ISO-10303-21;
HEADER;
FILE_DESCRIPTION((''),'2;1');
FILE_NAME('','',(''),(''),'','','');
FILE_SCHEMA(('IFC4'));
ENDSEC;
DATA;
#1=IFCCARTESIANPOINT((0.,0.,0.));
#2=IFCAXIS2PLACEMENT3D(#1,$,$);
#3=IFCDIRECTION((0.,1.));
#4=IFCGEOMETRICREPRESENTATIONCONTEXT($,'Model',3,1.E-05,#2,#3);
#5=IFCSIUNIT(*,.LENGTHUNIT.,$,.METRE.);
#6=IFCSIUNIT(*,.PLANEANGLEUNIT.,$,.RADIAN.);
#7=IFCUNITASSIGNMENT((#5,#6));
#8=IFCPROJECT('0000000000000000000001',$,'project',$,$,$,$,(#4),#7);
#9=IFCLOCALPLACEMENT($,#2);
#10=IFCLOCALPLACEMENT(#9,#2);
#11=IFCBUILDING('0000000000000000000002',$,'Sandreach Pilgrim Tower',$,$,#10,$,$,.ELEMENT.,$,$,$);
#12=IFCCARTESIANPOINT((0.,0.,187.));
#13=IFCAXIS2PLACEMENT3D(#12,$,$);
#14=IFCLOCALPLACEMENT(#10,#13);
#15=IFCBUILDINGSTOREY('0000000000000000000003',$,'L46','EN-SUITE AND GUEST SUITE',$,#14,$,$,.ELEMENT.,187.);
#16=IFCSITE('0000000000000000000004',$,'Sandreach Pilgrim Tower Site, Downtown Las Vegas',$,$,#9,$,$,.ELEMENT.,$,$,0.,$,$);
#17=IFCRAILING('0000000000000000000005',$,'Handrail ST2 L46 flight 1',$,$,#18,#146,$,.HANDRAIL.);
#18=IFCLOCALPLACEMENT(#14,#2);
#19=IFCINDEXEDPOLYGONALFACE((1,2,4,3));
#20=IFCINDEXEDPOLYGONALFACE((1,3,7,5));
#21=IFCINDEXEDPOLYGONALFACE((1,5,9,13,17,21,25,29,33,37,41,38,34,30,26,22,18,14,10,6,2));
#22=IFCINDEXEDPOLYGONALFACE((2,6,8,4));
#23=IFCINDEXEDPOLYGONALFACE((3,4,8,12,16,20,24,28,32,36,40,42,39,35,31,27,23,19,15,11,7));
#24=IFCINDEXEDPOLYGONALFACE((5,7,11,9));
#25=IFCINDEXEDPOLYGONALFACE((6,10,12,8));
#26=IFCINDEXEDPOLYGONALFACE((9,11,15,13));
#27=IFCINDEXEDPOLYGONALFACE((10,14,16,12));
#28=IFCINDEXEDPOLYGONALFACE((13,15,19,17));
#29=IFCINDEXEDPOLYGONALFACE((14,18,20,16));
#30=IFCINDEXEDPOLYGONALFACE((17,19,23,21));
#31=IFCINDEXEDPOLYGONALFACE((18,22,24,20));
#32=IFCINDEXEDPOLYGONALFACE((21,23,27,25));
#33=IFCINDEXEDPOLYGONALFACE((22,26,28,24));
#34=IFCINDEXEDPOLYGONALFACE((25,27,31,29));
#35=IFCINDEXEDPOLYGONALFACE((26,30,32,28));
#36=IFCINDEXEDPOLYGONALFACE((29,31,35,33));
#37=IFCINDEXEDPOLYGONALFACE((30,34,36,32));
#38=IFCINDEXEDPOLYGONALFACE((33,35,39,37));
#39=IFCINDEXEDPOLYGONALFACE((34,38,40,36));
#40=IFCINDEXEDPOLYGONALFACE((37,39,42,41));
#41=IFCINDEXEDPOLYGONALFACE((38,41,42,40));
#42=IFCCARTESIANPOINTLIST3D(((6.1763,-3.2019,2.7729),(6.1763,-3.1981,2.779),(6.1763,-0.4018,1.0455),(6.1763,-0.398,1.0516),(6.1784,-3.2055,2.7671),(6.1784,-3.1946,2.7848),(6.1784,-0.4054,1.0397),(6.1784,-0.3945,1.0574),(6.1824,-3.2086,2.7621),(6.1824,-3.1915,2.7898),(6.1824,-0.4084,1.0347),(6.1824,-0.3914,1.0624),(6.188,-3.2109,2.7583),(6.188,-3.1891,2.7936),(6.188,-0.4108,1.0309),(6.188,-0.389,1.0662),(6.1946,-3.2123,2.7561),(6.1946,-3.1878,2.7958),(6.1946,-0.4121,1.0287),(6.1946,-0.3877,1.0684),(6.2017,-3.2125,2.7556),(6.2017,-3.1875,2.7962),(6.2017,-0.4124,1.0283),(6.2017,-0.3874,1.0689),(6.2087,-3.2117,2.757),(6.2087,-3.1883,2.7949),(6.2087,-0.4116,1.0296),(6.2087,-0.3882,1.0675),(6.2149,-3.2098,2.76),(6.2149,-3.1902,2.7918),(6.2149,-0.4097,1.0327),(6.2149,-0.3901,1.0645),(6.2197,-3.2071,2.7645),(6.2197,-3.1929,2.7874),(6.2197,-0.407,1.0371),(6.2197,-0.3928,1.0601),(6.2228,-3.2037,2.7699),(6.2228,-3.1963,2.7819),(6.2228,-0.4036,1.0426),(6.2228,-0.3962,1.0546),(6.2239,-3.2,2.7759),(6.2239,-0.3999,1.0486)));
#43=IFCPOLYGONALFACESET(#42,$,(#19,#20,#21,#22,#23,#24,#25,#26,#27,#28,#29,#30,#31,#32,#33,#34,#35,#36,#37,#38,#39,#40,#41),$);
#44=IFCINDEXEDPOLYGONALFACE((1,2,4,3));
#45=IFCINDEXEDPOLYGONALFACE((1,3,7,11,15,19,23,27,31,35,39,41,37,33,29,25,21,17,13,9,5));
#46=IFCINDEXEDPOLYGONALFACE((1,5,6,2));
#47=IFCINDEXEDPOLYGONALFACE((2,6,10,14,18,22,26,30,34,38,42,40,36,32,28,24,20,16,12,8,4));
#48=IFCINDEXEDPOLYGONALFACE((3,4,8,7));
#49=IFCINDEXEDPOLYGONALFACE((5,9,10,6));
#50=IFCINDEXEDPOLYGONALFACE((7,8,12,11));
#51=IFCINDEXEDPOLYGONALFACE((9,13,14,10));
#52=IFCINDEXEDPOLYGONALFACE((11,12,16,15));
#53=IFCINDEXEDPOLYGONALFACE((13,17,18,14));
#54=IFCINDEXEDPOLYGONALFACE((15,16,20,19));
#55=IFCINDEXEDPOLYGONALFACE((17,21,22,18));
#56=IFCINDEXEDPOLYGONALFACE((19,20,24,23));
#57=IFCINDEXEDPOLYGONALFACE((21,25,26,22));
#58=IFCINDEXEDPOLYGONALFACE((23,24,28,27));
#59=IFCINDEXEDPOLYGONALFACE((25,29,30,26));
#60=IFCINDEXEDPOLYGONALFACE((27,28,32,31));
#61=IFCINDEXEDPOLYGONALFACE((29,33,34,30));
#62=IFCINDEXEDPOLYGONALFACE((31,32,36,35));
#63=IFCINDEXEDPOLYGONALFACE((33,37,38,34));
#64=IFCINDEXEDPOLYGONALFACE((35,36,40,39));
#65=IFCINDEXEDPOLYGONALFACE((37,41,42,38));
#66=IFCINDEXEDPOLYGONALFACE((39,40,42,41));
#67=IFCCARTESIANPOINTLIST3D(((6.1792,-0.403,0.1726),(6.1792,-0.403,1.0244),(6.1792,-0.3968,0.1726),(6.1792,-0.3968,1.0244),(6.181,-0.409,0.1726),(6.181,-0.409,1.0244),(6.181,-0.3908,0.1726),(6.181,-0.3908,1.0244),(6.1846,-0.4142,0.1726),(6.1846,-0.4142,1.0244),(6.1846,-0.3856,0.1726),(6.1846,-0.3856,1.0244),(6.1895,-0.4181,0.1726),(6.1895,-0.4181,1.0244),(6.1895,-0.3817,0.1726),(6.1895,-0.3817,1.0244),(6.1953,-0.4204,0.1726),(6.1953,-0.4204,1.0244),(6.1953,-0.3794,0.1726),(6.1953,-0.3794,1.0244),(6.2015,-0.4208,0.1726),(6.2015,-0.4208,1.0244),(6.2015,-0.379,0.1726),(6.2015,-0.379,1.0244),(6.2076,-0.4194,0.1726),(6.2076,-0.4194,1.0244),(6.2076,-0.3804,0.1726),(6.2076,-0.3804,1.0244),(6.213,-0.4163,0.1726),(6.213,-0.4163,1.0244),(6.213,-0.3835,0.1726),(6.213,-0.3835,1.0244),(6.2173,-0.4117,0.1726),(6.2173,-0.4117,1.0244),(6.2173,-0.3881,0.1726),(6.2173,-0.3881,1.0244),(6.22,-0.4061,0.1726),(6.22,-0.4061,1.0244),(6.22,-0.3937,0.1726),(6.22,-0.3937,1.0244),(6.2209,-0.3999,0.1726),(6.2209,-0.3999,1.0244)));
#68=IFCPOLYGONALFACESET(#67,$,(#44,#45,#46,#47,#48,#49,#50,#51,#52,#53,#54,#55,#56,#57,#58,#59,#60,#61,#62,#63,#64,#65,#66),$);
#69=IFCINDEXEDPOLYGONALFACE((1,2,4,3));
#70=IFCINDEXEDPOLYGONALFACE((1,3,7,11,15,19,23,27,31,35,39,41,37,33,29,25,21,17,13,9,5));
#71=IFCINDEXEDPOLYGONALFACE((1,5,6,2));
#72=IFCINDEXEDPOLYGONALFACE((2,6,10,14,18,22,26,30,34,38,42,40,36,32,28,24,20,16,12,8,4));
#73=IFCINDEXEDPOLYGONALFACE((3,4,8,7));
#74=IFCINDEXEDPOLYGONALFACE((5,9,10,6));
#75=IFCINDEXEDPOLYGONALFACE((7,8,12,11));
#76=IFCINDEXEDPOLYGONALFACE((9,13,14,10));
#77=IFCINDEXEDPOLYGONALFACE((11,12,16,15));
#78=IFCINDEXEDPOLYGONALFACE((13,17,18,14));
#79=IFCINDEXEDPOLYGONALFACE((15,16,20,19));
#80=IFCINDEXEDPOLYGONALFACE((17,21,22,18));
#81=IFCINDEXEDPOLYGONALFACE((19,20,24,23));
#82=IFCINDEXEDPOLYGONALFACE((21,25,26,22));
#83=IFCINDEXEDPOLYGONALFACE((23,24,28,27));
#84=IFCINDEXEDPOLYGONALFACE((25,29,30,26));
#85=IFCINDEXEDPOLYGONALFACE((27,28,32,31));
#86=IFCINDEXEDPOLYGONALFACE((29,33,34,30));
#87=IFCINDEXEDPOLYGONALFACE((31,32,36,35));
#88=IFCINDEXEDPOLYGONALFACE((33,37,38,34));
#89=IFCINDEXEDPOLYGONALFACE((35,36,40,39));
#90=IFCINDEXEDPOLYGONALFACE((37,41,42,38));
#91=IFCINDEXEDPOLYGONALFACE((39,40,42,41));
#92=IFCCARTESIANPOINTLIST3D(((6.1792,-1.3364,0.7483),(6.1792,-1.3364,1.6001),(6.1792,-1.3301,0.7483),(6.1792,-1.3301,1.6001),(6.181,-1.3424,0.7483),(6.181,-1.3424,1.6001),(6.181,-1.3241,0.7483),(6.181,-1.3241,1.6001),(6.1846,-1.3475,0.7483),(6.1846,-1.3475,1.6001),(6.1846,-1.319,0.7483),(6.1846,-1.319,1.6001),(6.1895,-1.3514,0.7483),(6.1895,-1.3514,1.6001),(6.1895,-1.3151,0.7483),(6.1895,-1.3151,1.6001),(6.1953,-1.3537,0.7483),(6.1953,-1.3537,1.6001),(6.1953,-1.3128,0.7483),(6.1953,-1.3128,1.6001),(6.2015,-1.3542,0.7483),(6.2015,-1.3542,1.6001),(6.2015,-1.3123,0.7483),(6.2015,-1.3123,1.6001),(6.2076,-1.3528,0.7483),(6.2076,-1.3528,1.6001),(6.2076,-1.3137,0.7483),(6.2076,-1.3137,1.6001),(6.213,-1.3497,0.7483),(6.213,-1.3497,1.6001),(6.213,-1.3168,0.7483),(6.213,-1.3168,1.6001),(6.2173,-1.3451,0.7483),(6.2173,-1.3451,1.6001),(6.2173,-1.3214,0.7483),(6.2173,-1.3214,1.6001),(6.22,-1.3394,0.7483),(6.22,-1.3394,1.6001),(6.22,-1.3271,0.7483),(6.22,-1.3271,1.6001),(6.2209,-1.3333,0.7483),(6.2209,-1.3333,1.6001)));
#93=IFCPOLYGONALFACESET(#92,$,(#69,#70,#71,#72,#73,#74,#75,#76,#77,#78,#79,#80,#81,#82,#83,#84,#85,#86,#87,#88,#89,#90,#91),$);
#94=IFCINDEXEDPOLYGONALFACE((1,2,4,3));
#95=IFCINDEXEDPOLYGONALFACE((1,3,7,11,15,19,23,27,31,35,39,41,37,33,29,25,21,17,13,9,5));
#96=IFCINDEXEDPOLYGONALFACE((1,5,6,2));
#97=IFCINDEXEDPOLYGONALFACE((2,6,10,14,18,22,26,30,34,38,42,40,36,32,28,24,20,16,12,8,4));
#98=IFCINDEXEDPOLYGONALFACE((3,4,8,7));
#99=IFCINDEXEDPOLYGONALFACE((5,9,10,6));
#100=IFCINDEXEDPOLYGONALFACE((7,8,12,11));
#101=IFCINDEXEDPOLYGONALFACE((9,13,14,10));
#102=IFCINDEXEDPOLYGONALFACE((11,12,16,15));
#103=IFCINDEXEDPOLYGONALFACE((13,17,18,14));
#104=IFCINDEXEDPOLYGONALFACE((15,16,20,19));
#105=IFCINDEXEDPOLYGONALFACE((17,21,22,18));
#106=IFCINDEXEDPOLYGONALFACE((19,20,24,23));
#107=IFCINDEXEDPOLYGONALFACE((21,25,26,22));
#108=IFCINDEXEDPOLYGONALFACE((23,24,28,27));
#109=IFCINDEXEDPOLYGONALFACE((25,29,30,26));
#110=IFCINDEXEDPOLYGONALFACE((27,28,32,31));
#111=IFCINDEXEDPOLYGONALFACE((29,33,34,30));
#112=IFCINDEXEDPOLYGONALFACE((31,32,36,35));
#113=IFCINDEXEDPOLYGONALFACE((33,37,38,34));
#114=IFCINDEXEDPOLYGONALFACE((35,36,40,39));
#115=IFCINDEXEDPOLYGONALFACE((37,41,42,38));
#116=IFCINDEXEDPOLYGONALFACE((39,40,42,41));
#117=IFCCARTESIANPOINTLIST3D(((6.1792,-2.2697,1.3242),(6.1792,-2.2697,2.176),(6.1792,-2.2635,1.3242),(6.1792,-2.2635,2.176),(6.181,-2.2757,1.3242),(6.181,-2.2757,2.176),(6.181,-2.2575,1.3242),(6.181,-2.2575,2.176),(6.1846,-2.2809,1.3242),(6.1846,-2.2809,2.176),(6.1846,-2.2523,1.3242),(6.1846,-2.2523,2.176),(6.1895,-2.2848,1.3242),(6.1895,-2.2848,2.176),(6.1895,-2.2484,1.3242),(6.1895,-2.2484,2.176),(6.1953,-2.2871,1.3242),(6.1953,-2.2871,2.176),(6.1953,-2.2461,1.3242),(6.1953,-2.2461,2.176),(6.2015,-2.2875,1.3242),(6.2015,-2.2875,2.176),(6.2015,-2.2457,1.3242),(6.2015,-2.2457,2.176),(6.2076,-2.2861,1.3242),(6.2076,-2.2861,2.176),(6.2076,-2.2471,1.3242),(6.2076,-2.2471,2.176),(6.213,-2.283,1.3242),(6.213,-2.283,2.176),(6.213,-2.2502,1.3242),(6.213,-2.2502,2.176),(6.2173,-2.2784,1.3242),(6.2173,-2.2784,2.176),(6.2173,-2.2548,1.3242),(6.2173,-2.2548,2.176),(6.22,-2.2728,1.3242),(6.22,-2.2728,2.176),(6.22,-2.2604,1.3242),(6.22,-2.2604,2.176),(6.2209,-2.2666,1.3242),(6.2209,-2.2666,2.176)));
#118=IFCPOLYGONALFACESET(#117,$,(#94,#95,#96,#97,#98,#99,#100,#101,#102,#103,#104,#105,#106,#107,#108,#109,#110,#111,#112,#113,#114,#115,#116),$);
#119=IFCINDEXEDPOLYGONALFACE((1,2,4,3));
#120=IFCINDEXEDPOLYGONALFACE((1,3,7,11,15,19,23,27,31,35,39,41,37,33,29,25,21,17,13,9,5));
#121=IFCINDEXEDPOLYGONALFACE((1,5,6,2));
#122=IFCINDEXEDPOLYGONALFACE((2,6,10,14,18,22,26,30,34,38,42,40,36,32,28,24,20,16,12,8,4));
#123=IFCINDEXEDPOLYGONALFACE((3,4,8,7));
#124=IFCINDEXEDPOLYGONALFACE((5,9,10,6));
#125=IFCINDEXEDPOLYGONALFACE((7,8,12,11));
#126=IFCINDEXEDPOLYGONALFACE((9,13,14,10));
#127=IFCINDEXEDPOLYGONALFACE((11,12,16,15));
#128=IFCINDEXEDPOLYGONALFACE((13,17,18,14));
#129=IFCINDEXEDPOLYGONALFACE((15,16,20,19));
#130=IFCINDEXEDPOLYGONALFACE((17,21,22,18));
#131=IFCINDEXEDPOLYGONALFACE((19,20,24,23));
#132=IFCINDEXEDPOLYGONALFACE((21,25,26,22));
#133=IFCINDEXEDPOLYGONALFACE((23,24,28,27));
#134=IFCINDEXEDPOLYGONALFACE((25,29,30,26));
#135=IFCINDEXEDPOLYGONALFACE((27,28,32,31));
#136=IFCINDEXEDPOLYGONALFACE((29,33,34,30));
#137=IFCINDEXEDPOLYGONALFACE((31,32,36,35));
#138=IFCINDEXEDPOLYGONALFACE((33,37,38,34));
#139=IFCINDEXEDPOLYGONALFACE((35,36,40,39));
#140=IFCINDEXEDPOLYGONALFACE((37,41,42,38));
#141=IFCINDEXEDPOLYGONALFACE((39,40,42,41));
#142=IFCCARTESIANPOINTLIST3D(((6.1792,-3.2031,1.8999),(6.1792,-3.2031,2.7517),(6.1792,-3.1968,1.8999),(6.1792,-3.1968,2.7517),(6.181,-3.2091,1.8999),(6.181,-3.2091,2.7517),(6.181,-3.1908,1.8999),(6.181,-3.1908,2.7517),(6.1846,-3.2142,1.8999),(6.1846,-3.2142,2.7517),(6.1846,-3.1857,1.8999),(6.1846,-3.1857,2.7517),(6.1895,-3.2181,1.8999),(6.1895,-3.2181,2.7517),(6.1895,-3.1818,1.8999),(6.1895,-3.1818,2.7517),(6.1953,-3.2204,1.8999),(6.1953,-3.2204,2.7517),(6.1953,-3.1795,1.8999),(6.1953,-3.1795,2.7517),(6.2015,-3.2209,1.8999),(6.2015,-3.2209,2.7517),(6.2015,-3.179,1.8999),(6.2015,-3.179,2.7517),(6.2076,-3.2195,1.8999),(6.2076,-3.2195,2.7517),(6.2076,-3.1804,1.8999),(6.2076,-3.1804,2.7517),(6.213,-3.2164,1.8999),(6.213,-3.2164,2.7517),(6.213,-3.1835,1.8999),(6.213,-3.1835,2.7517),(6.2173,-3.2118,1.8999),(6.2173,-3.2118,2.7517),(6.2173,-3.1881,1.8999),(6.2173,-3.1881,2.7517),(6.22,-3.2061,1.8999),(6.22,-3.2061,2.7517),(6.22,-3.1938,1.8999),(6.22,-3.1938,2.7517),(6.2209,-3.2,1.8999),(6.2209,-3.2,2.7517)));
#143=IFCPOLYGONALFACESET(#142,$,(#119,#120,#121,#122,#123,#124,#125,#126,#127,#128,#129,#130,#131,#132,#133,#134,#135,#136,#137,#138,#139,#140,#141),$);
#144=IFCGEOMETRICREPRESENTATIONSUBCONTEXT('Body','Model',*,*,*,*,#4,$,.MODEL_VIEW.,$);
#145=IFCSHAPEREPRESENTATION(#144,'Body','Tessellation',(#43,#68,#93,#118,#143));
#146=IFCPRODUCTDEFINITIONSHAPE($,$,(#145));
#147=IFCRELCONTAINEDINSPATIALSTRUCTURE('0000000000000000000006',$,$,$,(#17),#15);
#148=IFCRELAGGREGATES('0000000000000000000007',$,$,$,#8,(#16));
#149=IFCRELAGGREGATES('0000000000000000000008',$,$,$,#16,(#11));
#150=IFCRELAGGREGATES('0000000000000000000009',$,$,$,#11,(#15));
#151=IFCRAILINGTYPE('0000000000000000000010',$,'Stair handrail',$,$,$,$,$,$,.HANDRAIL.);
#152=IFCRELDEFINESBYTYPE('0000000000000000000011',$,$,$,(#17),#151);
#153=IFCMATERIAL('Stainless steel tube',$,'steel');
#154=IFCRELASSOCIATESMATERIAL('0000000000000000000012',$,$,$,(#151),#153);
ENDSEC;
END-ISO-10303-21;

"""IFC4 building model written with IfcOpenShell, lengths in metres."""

from ifc_helpers import new_model, si_unit, direction, frame, origin, origin_2d, place, context, subcontext, project, spatial, circle, extrude, material, type_object, element, save


model = new_model("IFC4")

# Units and contexts
model_context = context("Model", 3, precision=1e-05, world=origin(), true_north=direction((0.0, 1.0)))
body_context = subcontext(model_context, "Body", "Model", "MODEL_VIEW")
ifc_project = project(units=[si_unit("LENGTHUNIT", "METRE"), si_unit("PLANEANGLEUNIT", "RADIAN")], contexts=[model_context])

# Site, building, storey
site_placement = place(None, origin())
site = spatial("IfcSite", under=ifc_project, at=site_placement, Name="Sandreach Pilgrim Tower Site, Downtown Las Vegas", CompositionType="ELEMENT", RefElevation=0.0)
building_placement = place(site_placement, origin())
building = spatial("IfcBuilding", under=site, at=building_placement, Name="Sandreach Pilgrim Tower", CompositionType="ELEMENT")
storey_placement = place(building_placement, frame((0.0, 0.0, 187.0)))
storey = spatial("IfcBuildingStorey", under=building, at=storey_placement, Name="L46", Description="EN-SUITE AND GUEST SUITE", CompositionType="ELEMENT", Elevation=187.0)

# Railing
ifc_material_1 = material(Name="Stainless steel tube", Category="steel")
railing_type = type_object("IfcRailingType", Name="Stair handrail", PredefinedType="HANDRAIL", material=ifc_material_1)
for number, where, name in (
    (1, (6.2, -0.3999, 0.1726), "Handrail ST2 L46 flight 1"),
):
    element("IfcRailing", number, at=place(storey_placement, frame(where)), inside=storey, type_object=railing_type, Name=name, PredefinedType="HANDRAIL", context=body_context, shape_type="SweptSolid", body=[
        extrude(circle(Radius=0.0239, at=origin_2d()), frame((0.0, 0.0, 0.876), z_axis=(0.0, -0.85109, 0.52502), x_axis=(1.0, 0.0, 0.0)), (0.0, 0.0, 1.0), 3.29),
        extrude(circle(Radius=0.021, at=origin_2d()), origin(), (0.0, 0.0, 1.0), 0.8518),
        extrude(circle(Radius=0.021, at=origin_2d()), frame((0.0, -0.9333, 0.5757)), (0.0, 0.0, 1.0), 0.8518),
        extrude(circle(Radius=0.021, at=origin_2d()), frame((0.0, -1.8667, 1.1516)), (0.0, 0.0, 1.0), 0.8518),
        extrude(circle(Radius=0.021, at=origin_2d()), frame((0.0, -2.8, 1.7273)), (0.0, 0.0, 1.0), 0.8518),
    ])

save(model, "model.ifc")
